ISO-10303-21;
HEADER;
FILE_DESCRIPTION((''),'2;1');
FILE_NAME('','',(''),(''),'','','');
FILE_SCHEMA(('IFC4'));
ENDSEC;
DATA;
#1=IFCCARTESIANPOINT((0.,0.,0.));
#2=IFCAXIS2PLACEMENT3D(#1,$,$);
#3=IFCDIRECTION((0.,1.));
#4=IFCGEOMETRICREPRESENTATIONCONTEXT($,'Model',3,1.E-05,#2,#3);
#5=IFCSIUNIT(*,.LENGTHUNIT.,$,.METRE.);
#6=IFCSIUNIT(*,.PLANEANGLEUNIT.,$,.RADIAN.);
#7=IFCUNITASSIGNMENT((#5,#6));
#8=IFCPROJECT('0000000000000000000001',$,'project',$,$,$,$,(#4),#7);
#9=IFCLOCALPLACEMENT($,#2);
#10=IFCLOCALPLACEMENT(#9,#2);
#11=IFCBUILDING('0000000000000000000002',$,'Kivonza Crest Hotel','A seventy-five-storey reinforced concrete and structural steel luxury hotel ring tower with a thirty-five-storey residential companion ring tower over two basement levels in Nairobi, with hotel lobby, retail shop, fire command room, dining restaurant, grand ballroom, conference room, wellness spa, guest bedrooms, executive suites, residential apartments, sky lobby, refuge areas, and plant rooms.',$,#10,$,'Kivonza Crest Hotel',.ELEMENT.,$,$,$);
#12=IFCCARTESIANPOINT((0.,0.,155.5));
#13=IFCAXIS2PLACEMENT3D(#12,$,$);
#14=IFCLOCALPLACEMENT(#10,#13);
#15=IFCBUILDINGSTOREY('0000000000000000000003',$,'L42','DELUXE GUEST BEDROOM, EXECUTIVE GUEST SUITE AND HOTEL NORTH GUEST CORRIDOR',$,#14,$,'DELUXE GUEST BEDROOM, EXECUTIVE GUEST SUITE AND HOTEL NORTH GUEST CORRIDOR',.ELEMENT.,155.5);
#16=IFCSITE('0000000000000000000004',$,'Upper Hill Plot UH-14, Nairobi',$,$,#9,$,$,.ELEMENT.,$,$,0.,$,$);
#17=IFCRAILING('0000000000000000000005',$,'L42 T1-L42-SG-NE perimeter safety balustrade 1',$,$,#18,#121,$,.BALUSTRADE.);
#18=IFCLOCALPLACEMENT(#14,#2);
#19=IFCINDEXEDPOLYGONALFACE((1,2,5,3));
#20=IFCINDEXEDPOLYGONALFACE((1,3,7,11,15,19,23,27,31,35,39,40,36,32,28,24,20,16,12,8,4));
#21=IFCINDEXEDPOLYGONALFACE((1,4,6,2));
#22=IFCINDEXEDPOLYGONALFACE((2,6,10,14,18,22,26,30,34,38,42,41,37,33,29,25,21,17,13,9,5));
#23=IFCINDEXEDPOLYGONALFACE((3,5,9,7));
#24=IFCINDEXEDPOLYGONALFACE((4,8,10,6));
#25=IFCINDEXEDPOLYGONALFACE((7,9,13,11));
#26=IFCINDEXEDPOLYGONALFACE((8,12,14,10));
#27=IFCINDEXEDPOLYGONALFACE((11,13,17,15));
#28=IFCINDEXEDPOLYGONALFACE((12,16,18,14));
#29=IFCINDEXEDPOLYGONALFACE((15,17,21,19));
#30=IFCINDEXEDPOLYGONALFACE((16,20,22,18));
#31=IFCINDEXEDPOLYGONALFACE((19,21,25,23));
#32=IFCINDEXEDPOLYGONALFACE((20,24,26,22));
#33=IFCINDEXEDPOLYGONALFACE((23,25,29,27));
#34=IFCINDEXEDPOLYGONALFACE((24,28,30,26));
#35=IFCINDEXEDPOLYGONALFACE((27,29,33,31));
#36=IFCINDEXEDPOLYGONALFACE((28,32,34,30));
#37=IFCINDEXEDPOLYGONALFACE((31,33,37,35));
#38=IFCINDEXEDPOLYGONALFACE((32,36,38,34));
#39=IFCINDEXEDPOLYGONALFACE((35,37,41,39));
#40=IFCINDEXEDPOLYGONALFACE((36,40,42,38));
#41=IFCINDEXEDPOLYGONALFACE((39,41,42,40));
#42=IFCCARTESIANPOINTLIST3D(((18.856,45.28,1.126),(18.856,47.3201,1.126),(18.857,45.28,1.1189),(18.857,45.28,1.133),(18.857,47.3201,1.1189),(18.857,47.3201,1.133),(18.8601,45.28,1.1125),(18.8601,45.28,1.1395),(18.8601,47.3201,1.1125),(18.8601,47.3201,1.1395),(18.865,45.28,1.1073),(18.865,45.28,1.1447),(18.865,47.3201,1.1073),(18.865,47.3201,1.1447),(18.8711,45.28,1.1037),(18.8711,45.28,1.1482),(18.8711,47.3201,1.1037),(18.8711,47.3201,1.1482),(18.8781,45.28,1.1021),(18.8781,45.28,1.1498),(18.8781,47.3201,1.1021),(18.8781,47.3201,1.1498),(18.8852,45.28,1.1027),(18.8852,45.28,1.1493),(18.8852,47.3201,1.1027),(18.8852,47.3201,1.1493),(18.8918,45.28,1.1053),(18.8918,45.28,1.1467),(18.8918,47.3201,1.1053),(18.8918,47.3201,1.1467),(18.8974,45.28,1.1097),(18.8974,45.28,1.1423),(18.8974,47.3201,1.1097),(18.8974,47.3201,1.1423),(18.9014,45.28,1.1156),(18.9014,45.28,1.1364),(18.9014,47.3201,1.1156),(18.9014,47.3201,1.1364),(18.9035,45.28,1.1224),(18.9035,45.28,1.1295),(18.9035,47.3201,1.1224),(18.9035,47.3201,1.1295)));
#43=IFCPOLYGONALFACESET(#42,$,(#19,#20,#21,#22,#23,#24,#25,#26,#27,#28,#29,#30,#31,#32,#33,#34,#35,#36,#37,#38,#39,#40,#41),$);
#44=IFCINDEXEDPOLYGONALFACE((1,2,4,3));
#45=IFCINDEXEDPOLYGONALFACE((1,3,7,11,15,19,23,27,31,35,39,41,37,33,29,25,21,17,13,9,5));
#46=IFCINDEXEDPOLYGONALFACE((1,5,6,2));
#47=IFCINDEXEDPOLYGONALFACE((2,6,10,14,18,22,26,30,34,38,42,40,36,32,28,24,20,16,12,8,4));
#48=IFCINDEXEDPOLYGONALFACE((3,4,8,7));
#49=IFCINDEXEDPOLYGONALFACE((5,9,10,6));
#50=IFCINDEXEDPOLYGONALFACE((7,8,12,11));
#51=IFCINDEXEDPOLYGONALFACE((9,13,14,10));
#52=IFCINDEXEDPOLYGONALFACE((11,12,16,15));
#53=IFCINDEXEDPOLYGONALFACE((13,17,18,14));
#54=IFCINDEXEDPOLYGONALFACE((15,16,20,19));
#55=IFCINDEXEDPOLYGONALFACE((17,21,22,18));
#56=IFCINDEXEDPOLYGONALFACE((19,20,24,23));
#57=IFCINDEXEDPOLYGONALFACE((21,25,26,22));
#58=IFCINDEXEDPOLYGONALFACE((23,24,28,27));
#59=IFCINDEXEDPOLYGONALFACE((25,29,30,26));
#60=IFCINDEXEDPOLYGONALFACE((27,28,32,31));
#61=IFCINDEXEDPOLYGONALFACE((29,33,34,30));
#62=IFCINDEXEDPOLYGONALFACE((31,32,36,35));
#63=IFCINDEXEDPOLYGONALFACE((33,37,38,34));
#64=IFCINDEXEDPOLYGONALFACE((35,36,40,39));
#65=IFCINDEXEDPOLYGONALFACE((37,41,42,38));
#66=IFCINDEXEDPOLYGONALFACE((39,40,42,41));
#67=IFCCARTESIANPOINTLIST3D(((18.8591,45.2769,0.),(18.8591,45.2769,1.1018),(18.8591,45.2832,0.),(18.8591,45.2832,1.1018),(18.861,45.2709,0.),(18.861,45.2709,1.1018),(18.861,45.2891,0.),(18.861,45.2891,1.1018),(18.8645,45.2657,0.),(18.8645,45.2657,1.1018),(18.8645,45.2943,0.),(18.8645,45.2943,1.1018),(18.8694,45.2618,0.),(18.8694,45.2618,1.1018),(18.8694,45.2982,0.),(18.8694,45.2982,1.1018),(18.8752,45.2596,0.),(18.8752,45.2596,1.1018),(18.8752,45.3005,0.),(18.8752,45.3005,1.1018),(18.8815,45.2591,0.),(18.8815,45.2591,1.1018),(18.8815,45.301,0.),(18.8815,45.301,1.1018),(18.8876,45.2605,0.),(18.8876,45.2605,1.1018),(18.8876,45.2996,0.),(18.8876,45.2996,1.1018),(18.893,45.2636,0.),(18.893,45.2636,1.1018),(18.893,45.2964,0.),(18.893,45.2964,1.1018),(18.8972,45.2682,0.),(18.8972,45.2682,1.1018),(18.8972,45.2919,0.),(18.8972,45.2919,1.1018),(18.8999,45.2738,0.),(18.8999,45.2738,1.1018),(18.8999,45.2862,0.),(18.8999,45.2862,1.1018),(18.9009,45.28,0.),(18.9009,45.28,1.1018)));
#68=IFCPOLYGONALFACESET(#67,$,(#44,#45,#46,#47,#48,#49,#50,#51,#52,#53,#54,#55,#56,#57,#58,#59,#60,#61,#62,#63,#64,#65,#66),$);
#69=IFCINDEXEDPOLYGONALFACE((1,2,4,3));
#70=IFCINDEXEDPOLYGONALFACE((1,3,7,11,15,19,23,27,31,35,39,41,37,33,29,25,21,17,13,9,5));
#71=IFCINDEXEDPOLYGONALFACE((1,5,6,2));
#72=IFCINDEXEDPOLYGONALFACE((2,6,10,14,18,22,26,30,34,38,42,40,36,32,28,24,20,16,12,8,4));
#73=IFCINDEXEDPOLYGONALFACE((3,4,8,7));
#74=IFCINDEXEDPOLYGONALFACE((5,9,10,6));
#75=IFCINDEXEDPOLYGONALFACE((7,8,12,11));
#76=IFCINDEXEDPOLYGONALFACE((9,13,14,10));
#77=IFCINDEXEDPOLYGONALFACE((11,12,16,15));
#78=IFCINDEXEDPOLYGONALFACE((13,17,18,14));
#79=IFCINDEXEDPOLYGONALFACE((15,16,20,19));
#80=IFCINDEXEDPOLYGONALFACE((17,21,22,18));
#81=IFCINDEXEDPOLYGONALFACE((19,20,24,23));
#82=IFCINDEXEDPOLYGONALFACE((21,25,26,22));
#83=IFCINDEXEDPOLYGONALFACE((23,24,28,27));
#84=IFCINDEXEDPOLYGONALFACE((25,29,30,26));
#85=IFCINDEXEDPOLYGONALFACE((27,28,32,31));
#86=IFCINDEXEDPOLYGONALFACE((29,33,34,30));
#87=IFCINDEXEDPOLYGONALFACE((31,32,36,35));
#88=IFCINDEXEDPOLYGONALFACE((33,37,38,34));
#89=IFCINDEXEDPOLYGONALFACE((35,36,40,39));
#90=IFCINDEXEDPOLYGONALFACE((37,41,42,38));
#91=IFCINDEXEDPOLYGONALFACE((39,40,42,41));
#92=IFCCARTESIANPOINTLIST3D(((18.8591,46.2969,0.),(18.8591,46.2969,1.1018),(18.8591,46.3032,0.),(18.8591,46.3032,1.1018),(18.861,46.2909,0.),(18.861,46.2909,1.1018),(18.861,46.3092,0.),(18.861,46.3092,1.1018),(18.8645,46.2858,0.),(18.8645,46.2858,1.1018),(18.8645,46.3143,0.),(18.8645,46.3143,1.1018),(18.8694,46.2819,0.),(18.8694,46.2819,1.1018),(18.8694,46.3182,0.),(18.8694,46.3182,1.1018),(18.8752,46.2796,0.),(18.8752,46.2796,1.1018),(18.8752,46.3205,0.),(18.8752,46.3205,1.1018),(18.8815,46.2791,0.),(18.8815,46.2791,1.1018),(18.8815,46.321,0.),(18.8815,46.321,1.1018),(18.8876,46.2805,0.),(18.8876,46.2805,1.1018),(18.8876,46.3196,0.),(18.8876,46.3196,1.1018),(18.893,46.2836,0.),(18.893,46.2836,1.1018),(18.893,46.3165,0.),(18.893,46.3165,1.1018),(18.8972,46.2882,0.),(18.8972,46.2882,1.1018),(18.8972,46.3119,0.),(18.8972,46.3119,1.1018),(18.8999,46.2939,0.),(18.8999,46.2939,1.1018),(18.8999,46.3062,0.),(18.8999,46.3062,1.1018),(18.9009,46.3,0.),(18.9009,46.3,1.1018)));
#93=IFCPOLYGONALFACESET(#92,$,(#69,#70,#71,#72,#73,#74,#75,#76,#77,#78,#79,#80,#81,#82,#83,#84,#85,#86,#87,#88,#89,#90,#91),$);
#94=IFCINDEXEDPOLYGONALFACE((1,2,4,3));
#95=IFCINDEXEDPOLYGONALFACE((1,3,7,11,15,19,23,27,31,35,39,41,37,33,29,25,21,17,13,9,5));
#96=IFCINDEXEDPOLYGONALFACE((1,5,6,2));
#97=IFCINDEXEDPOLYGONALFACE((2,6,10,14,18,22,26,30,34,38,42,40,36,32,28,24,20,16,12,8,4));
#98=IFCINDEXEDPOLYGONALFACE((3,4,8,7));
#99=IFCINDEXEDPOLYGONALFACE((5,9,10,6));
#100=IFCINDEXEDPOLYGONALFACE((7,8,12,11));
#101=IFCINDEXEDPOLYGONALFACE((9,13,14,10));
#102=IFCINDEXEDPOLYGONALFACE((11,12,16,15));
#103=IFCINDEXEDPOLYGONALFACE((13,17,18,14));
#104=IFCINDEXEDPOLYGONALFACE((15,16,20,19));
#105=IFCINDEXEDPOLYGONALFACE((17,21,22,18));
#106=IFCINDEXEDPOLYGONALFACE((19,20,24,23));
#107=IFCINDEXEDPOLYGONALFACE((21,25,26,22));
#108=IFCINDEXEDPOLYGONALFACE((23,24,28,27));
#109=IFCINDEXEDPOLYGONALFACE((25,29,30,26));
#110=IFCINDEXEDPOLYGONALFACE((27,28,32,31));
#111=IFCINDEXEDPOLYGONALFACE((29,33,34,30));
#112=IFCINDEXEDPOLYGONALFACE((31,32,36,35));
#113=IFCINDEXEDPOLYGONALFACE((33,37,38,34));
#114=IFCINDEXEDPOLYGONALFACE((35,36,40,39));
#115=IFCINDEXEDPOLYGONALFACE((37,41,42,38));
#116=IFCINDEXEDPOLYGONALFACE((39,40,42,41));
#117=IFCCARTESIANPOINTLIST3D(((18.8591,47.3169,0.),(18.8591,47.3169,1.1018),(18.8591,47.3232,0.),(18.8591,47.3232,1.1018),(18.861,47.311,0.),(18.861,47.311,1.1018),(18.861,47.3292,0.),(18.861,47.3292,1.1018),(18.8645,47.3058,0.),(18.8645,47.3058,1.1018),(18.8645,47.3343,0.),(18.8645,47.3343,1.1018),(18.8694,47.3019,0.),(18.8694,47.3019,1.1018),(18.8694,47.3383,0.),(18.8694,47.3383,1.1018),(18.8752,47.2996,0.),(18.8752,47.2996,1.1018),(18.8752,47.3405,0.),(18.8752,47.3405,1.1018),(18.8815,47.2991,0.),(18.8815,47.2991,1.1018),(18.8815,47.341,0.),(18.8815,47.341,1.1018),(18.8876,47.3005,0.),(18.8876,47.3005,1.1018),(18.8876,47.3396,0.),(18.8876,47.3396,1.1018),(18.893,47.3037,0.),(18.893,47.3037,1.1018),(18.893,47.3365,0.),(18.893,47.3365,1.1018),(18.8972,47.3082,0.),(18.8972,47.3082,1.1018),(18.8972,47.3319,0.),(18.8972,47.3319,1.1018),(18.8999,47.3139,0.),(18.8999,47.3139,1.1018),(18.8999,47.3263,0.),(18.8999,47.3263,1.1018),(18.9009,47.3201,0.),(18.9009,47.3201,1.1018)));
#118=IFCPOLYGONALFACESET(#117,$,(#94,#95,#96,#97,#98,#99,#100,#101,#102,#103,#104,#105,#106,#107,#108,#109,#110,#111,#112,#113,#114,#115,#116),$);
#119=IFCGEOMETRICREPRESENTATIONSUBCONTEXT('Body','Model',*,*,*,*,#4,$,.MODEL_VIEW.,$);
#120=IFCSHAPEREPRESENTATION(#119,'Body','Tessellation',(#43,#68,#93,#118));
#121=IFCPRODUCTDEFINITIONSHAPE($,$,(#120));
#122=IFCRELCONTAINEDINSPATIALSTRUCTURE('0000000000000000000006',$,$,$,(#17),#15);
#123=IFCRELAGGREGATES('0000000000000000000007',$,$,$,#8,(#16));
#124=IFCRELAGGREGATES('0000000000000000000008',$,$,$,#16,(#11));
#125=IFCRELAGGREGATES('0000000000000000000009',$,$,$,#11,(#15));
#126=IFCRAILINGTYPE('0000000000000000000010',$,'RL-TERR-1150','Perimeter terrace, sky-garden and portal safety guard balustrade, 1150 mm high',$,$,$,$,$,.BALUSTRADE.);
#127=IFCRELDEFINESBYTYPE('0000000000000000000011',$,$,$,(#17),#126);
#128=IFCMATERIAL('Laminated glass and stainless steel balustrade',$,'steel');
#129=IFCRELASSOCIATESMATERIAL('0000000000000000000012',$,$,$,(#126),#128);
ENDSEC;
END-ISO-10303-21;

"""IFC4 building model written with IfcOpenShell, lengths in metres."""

from ifc_helpers import new_model, si_unit, direction, frame, origin, origin_2d, place, context, subcontext, project, spatial, circle, extrude, material, type_object, element, save


model = new_model("IFC4")

# Units and contexts
model_context = context("Model", 3, precision=1e-05, world=origin(), true_north=direction((0.0, 1.0)))
body_context = subcontext(model_context, "Body", "Model", "MODEL_VIEW")
ifc_project = project(units=[si_unit("LENGTHUNIT", "METRE"), si_unit("PLANEANGLEUNIT", "RADIAN")], contexts=[model_context])

# Site, building, storey
site_placement = place(None, origin())
site = spatial("IfcSite", under=ifc_project, at=site_placement, Name="Upper Hill Plot UH-14, Nairobi", CompositionType="ELEMENT", RefElevation=0.0)
building_placement = place(site_placement, origin())
building = spatial("IfcBuilding", under=site, at=building_placement, Name="Kivonza Crest Hotel", Description="A seventy-five-storey reinforced concrete and structural steel luxury hotel ring tower with a thirty-five-storey residential companion ring tower over two basement levels in Nairobi, with hotel lobby, retail shop, fire command room, dining restaurant, grand ballroom, conference room, wellness spa, guest bedrooms, executive suites, residential apartments, sky lobby, refuge areas, and plant rooms.", LongName="Kivonza Crest Hotel", CompositionType="ELEMENT")
storey_placement = place(building_placement, frame((0.0, 0.0, 155.5)))
storey = spatial("IfcBuildingStorey", under=building, at=storey_placement, Name="L42", Description="DELUXE GUEST BEDROOM, EXECUTIVE GUEST SUITE AND HOTEL NORTH GUEST CORRIDOR", LongName="DELUXE GUEST BEDROOM, EXECUTIVE GUEST SUITE AND HOTEL NORTH GUEST CORRIDOR", CompositionType="ELEMENT", Elevation=155.5)

# Railing
ifc_material_1 = material(Name="Laminated glass and stainless steel balustrade", Category="steel")
railing_type_1 = type_object("IfcRailingType", Name="RL-TERR-1150", Description="Perimeter terrace, sky-garden and portal safety guard balustrade, 1150 mm high", PredefinedType="BALUSTRADE", material=ifc_material_1)
railing_1_placement = place(storey_placement, frame((18.8799, 45.28, 0.0)))
element("IfcRailing", 1, at=railing_1_placement, inside=storey, type_object=railing_type_1, Name="L42 T1-L42-SG-NE perimeter safety balustrade 1", PredefinedType="BALUSTRADE", context=body_context, shape_type="SweptSolid", body=[
    extrude(circle(Radius=0.0239, at=origin_2d()), frame((0.0, 0.0, 1.126), z_axis=(0.0, 1.0, 0.0), x_axis=(-1.0, 0.0, 0.0)), (0.0, 0.0, 1.0), 2.04),
    extrude(circle(Radius=0.021, at=origin_2d()), origin(), (0.0, 0.0, 1.0), 1.1018),
    extrude(circle(Radius=0.021, at=origin_2d()), frame((0.0, 1.02, 0.0)), (0.0, 0.0, 1.0), 1.1018),
    extrude(circle(Radius=0.021, at=origin_2d()), frame((0.0, 2.04, 0.0)), (0.0, 0.0, 1.0), 1.1018),
])

save(model, "model.ifc")
